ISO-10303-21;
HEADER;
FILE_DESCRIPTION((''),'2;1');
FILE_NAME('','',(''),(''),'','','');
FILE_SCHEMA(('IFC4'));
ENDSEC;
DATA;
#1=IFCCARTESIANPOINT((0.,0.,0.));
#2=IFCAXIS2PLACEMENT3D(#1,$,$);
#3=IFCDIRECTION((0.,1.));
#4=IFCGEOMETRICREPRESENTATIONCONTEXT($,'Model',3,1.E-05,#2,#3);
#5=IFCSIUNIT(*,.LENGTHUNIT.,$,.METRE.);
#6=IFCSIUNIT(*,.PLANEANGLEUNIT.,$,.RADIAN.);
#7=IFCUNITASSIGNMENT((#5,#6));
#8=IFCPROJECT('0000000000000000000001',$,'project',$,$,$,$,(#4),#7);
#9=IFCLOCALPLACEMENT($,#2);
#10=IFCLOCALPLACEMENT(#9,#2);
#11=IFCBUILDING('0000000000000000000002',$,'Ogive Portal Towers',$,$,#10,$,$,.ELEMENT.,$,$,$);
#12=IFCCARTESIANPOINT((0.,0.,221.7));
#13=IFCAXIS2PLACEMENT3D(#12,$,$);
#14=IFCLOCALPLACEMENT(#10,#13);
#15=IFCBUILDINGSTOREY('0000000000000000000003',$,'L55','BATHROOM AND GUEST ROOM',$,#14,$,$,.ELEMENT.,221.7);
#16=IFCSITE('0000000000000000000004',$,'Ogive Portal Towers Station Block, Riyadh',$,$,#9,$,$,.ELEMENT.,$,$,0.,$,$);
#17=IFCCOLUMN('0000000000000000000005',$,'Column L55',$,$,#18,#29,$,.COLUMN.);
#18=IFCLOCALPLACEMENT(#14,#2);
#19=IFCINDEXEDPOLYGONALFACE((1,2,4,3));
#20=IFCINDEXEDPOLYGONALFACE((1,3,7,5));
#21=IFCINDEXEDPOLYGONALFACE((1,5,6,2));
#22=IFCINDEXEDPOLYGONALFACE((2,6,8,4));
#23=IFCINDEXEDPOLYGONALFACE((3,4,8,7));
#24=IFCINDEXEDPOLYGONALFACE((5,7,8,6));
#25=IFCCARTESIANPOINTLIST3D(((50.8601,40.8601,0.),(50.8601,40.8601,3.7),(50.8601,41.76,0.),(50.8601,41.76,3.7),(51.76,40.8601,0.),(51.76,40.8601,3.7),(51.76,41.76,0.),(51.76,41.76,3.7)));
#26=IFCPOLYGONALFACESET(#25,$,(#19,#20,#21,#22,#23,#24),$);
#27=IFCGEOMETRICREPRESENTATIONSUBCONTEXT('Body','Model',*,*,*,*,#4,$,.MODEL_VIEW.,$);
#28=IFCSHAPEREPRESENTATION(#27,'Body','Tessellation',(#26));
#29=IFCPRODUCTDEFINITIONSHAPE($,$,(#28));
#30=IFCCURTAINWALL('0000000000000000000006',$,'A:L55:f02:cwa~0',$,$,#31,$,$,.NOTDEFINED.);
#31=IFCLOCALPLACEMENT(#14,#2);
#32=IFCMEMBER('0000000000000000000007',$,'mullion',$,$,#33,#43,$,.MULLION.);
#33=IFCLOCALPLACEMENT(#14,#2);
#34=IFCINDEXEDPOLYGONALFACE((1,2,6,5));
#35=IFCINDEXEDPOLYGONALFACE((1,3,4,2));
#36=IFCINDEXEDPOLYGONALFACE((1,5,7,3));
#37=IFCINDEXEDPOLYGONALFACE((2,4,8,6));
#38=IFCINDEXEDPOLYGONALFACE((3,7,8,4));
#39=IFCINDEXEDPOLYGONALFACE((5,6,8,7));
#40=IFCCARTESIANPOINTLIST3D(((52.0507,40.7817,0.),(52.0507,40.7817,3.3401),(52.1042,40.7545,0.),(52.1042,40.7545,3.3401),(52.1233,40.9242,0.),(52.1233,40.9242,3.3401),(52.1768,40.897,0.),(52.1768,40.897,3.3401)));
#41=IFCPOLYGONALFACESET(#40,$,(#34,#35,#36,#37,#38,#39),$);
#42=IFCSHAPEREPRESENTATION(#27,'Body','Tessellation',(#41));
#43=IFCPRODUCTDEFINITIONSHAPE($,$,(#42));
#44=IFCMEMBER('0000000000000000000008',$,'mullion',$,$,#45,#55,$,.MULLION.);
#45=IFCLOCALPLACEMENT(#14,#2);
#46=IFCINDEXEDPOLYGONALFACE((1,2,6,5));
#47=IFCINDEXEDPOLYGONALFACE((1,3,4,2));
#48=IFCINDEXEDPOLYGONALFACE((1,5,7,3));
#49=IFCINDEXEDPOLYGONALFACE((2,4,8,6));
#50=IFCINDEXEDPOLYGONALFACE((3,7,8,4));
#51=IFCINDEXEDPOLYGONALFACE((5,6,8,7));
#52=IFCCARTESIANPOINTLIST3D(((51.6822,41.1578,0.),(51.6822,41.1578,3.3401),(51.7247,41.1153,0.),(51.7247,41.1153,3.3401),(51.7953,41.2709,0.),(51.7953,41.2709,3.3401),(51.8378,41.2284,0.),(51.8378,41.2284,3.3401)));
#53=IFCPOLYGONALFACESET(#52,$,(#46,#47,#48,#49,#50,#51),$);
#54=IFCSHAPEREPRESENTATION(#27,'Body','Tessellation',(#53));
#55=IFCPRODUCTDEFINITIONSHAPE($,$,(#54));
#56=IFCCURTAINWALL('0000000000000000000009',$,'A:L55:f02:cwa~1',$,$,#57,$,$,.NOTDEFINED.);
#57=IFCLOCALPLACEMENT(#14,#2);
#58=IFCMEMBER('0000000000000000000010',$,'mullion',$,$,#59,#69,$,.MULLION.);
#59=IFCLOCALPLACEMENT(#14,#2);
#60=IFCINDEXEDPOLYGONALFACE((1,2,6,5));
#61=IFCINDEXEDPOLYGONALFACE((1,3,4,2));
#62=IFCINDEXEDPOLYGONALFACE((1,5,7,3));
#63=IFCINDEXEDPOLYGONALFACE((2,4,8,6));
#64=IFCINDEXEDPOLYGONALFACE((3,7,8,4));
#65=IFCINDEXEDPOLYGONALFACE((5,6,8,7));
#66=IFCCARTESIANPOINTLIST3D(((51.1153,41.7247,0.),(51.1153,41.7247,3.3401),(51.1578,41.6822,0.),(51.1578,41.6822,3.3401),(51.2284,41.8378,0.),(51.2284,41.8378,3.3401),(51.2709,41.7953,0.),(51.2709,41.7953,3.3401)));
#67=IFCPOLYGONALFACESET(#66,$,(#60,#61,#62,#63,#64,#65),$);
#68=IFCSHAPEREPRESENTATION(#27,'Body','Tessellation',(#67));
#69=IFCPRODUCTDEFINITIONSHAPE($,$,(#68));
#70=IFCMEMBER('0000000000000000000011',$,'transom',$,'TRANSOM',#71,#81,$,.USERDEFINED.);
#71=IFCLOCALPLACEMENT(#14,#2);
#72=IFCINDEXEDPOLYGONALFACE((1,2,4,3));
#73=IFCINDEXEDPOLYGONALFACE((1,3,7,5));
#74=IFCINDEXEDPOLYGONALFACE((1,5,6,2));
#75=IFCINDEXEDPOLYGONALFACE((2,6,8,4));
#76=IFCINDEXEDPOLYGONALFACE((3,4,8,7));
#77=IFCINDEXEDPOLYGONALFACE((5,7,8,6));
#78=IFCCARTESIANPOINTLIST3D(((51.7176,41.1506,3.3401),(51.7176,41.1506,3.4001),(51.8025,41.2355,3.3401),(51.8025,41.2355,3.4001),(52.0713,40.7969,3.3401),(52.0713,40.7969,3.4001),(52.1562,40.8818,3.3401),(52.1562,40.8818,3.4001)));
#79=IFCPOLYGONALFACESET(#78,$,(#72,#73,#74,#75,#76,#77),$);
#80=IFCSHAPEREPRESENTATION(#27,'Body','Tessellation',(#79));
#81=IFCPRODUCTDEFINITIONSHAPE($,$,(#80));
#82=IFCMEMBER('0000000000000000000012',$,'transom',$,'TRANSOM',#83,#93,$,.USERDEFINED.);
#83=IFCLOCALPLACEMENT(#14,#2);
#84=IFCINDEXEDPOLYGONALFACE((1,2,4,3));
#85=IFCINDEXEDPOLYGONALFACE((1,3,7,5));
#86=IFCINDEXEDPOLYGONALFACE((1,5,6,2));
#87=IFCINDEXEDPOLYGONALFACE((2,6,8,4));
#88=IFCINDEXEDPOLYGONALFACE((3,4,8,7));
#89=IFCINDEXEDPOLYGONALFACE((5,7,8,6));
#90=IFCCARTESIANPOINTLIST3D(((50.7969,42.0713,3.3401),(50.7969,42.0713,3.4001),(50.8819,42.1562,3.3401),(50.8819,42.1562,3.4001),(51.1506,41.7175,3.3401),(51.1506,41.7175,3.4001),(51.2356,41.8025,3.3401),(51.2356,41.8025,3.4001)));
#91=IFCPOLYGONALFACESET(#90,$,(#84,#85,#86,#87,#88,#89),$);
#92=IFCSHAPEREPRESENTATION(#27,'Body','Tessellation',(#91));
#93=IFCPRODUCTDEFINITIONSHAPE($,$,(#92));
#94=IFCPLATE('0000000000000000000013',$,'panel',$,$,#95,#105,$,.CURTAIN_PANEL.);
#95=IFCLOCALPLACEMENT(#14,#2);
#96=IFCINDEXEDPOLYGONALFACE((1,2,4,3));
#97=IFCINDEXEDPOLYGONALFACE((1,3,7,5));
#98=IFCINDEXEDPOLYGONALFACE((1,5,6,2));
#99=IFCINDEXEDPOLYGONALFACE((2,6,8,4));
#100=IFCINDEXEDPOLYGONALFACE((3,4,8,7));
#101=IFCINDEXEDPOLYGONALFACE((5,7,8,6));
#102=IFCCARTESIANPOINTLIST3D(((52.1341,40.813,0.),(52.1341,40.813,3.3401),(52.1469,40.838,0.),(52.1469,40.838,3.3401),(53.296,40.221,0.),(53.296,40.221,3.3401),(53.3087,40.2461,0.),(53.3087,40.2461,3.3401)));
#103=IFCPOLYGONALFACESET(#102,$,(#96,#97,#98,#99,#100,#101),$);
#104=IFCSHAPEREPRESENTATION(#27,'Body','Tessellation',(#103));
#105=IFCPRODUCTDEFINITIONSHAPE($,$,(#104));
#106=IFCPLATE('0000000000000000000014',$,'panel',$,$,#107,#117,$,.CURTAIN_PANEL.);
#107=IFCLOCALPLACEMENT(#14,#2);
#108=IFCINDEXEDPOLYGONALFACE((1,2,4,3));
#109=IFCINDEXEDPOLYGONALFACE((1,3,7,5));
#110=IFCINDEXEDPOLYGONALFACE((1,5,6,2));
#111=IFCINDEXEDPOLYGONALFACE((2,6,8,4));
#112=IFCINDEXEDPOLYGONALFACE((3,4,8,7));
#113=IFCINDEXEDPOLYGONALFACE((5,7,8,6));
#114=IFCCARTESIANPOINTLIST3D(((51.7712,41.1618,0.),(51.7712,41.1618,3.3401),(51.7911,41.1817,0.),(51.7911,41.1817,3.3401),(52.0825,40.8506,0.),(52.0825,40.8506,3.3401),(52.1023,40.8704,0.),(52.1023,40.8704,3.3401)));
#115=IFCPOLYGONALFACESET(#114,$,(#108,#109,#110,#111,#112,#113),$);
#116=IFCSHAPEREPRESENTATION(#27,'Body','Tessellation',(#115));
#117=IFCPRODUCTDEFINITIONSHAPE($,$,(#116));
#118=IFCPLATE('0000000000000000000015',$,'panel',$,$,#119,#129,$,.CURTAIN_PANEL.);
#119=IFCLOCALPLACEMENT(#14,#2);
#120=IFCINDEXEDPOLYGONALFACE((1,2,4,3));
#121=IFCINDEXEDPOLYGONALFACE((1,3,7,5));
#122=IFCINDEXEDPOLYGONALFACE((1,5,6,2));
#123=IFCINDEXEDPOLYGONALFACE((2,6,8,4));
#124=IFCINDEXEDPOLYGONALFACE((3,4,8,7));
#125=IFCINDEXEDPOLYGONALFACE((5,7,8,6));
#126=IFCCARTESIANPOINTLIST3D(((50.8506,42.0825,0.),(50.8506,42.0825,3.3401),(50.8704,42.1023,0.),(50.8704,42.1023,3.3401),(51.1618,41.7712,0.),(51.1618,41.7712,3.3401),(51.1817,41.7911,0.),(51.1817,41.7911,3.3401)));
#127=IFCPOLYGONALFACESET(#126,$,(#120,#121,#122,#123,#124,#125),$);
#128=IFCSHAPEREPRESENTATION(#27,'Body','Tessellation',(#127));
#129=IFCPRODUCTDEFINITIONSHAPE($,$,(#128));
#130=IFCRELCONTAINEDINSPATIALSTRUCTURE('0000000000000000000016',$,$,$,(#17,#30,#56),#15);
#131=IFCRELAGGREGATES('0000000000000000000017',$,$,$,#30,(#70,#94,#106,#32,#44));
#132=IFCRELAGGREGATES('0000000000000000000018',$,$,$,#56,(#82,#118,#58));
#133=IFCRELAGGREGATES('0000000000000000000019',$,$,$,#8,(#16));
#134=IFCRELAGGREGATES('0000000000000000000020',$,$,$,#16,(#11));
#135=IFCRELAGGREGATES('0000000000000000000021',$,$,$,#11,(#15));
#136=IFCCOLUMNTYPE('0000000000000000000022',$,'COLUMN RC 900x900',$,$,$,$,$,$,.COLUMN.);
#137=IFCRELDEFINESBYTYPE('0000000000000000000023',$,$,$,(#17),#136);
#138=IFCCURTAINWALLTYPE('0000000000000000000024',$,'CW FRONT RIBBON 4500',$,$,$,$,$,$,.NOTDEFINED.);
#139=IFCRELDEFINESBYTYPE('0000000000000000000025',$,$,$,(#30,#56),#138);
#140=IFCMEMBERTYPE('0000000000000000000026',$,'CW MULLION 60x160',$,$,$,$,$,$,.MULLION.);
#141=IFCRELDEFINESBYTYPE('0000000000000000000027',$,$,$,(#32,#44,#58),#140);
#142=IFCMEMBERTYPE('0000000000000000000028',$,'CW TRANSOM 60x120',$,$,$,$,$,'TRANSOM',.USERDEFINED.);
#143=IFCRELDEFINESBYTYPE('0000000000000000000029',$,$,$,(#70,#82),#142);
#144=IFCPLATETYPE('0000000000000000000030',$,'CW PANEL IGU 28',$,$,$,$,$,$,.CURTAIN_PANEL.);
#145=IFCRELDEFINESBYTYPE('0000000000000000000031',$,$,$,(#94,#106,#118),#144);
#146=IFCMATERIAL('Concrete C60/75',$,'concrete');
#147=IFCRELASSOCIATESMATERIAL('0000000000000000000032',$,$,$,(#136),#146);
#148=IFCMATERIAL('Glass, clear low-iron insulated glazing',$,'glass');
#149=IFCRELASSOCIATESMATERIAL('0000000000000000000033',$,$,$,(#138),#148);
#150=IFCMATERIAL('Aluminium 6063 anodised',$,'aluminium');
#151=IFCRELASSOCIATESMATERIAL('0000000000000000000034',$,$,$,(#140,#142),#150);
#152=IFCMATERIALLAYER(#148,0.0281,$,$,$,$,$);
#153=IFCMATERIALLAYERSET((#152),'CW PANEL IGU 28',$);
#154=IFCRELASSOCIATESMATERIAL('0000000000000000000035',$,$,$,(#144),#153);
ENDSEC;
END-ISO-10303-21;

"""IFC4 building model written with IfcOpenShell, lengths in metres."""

from ifc_helpers import new_model, si_unit, direction, frame, origin, origin_2d, place, context, subcontext, project, spatial, rectangle, extrude, material, layer, layer_set, material_profile, profile_set, type_object, element, aggregate, save


model = new_model("IFC4")

# Units and contexts
model_context = context("Model", 3, precision=1e-05, world=origin(), true_north=direction((0.0, 1.0)))
body_context = subcontext(model_context, "Body", "Model", "MODEL_VIEW")
ifc_project = project(units=[si_unit("LENGTHUNIT", "METRE"), si_unit("PLANEANGLEUNIT", "RADIAN")], contexts=[model_context])

# Site, building, storey
site_placement = place(None, origin())
site = spatial("IfcSite", under=ifc_project, at=site_placement, Name="Ogive Portal Towers Station Block, Riyadh", CompositionType="ELEMENT", RefElevation=0.0)
building_placement = place(site_placement, origin())
building = spatial("IfcBuilding", under=site, at=building_placement, Name="Ogive Portal Towers", CompositionType="ELEMENT")
storey_placement = place(building_placement, frame((0.0, 0.0, 221.7)))
storey = spatial("IfcBuildingStorey", under=building, at=storey_placement, Name="L55", Description="BATHROOM AND GUEST ROOM", CompositionType="ELEMENT", Elevation=221.7)

# Column
ifc_material_1 = material(Name="Concrete C60/75", Category="concrete")
ifc_material_profile_1 = material_profile(ifc_material_1, rectangle(XDim=0.8999, YDim=0.8999, at=origin_2d()), Name="RC 900x900")
ifc_profile_set_1 = profile_set([ifc_material_profile_1], Name="Concrete C60/75")
column_type = type_object("IfcColumnType", Name="COLUMN RC 900x900", PredefinedType="COLUMN", material=ifc_profile_set_1)
column_placement = place(storey_placement, frame((51.3101, 41.3101, 0.0), z_axis=(0.0, 0.0, 1.0), x_axis=(1.0, 0.0, 0.0)))
element("IfcColumn", 1, at=column_placement, inside=storey, type_object=column_type, Name="Column L55", PredefinedType="COLUMN", context=body_context, shape_type="SweptSolid", body=[
    extrude(rectangle(XDim=0.8999, YDim=0.8999, at=origin_2d()), origin(), (0.0, 0.0, 1.0), 3.7),
])

# Curtain wall, members
ifc_material_2 = material(Name="Glass, clear low-iron insulated glazing", Category="glass")
curtain_wall_type = type_object("IfcCurtainWallType", Name="CW FRONT RIBBON 4500", PredefinedType="NOTDEFINED", material=ifc_material_2)
curtain_wall_1_placement = place(storey_placement, origin())
curtain_wall_1 = element("IfcCurtainWall", 2, at=curtain_wall_1_placement, inside=storey, type_object=curtain_wall_type, Name="A:L55:f02:cwa~0", PredefinedType="NOTDEFINED")
ifc_material_3 = material(Name="Aluminium 6063 anodised", Category="aluminium")
ifc_material_profile_2 = material_profile(ifc_material_3, rectangle(XDim=0.1599, YDim=0.0601, at=origin_2d()), Name="AL 60x160")
ifc_profile_set_2 = profile_set([ifc_material_profile_2], Name="Aluminium 6063 anodised")
member_type_1 = type_object("IfcMemberType", Name="CW MULLION 60x160", PredefinedType="MULLION", material=ifc_profile_set_2)
member_1_placement = place(storey_placement, frame((52.1138, 40.8394, 0.0), z_axis=(0.0, 0.0, 1.0), x_axis=(-0.45399, -0.891007, 0.0)))
member_1 = element("IfcMember", 3, at=member_1_placement, type_object=member_type_1, Name="mullion", PredefinedType="MULLION", context=body_context, shape_type="SweptSolid", body=[
    extrude(rectangle(XDim=0.1599, YDim=0.0601, at=origin_2d()), origin(), (0.0, 0.0, 1.0), 3.3401),
])
member_2_placement = place(storey_placement, frame((51.76, 41.1931, 0.0), z_axis=(0.0, 0.0, 1.0), x_axis=(-0.707107, -0.707107, 0.0)))
member_2 = element("IfcMember", 4, at=member_2_placement, type_object=member_type_1, Name="mullion", PredefinedType="MULLION", context=body_context, shape_type="SweptSolid", body=[
    extrude(rectangle(XDim=0.1599, YDim=0.0601, at=origin_2d()), origin(), (0.0, 0.0, 1.0), 3.3401),
])

# Curtain wall, member
curtain_wall_2_placement = place(storey_placement, origin())
curtain_wall_2 = element("IfcCurtainWall", 5, at=curtain_wall_2_placement, inside=storey, type_object=curtain_wall_type, Name="A:L55:f02:cwa~1", PredefinedType="NOTDEFINED")
member_3_placement = place(storey_placement, frame((51.1931, 41.76, 0.0), z_axis=(0.0, 0.0, 1.0), x_axis=(-0.707107, -0.707107, 0.0)))
member_3 = element("IfcMember", 6, at=member_3_placement, type_object=member_type_1, Name="mullion", PredefinedType="MULLION", context=body_context, shape_type="SweptSolid", body=[
    extrude(rectangle(XDim=0.1599, YDim=0.0601, at=origin_2d()), origin(), (0.0, 0.0, 1.0), 3.3401),
])

# Members
ifc_material_profile_3 = material_profile(ifc_material_3, rectangle(XDim=0.1201, YDim=0.0601, at=origin_2d()), Name="AL 120x60")
ifc_profile_set_3 = profile_set([ifc_material_profile_3], Name="Aluminium 6063 anodised")
member_type_2 = type_object("IfcMemberType", Name="CW TRANSOM 60x120", ElementType="TRANSOM", PredefinedType="USERDEFINED", material=ifc_profile_set_3)
member_4_placement = place(storey_placement, frame((52.1138, 40.8394, 3.3701), z_axis=(-0.707107, 0.707107, 0.0), x_axis=(-0.707107, -0.707107, 0.0)))
member_4 = element("IfcMember", 7, at=member_4_placement, type_object=member_type_2, Name="transom", ObjectType="TRANSOM", PredefinedType="USERDEFINED", context=body_context, shape_type="SweptSolid", body=[
    extrude(rectangle(XDim=0.1201, YDim=0.0601, at=origin_2d()), origin(), (0.0, 0.0, 1.0), 0.5002),
])
member_5_placement = place(storey_placement, frame((51.1931, 41.76, 3.3701), z_axis=(-0.707107, 0.707107, 0.0), x_axis=(-0.707107, -0.707107, 0.0)))
member_5 = element("IfcMember", 8, at=member_5_placement, type_object=member_type_2, Name="transom", ObjectType="TRANSOM", PredefinedType="USERDEFINED", context=body_context, shape_type="SweptSolid", body=[
    extrude(rectangle(XDim=0.1201, YDim=0.0601, at=origin_2d()), origin(), (0.0, 0.0, 1.0), 0.5002),
])

# Plates
ifc_layer_1 = layer(ifc_material_2, 0.0281)
ifc_layer_set_1 = layer_set([ifc_layer_1], Name="CW PANEL IGU 28")
plate_type = type_object("IfcPlateType", Name="CW PANEL IGU 28", PredefinedType="CURTAIN_PANEL", material=ifc_layer_set_1)
plate_1_placement = place(storey_placement, frame((52.7214, 40.5295, 0.0), z_axis=(0.0, 0.0, 1.0), x_axis=(-0.891007, 0.45399, 0.0)))
plate_1 = element("IfcPlate", 9, at=plate_1_placement, type_object=plate_type, Name="panel", PredefinedType="CURTAIN_PANEL", context=body_context, shape_type="SweptSolid", body=[
    extrude(rectangle(XDim=1.304, YDim=0.0281, at=origin_2d()), origin(), (0.0, 0.0, 1.0), 3.3401),
])
plate_2_placement = place(storey_placement, frame((51.9368, 41.0161, 0.0), z_axis=(0.0, 0.0, 1.0), x_axis=(-0.707107, 0.707107, 0.0)))
plate_2 = element("IfcPlate", 10, at=plate_2_placement, type_object=plate_type, Name="panel", PredefinedType="CURTAIN_PANEL", context=body_context, shape_type="SweptSolid", body=[
    extrude(rectangle(XDim=0.4402, YDim=0.0281, at=origin_2d()), origin(), (0.0, 0.0, 1.0), 3.3401),
])
aggregate(curtain_wall_1, [member_4, plate_1, plate_2, member_1, member_2])
plate_3_placement = place(storey_placement, frame((51.0161, 41.9368, 0.0), z_axis=(0.0, 0.0, 1.0), x_axis=(-0.707107, 0.707107, 0.0)))
plate_3 = element("IfcPlate", 11, at=plate_3_placement, type_object=plate_type, Name="panel", PredefinedType="CURTAIN_PANEL", context=body_context, shape_type="SweptSolid", body=[
    extrude(rectangle(XDim=0.4402, YDim=0.0281, at=origin_2d()), origin(), (0.0, 0.0, 1.0), 3.3401),
])
aggregate(curtain_wall_2, [member_5, plate_3, member_3])

save(model, "model.ifc")
